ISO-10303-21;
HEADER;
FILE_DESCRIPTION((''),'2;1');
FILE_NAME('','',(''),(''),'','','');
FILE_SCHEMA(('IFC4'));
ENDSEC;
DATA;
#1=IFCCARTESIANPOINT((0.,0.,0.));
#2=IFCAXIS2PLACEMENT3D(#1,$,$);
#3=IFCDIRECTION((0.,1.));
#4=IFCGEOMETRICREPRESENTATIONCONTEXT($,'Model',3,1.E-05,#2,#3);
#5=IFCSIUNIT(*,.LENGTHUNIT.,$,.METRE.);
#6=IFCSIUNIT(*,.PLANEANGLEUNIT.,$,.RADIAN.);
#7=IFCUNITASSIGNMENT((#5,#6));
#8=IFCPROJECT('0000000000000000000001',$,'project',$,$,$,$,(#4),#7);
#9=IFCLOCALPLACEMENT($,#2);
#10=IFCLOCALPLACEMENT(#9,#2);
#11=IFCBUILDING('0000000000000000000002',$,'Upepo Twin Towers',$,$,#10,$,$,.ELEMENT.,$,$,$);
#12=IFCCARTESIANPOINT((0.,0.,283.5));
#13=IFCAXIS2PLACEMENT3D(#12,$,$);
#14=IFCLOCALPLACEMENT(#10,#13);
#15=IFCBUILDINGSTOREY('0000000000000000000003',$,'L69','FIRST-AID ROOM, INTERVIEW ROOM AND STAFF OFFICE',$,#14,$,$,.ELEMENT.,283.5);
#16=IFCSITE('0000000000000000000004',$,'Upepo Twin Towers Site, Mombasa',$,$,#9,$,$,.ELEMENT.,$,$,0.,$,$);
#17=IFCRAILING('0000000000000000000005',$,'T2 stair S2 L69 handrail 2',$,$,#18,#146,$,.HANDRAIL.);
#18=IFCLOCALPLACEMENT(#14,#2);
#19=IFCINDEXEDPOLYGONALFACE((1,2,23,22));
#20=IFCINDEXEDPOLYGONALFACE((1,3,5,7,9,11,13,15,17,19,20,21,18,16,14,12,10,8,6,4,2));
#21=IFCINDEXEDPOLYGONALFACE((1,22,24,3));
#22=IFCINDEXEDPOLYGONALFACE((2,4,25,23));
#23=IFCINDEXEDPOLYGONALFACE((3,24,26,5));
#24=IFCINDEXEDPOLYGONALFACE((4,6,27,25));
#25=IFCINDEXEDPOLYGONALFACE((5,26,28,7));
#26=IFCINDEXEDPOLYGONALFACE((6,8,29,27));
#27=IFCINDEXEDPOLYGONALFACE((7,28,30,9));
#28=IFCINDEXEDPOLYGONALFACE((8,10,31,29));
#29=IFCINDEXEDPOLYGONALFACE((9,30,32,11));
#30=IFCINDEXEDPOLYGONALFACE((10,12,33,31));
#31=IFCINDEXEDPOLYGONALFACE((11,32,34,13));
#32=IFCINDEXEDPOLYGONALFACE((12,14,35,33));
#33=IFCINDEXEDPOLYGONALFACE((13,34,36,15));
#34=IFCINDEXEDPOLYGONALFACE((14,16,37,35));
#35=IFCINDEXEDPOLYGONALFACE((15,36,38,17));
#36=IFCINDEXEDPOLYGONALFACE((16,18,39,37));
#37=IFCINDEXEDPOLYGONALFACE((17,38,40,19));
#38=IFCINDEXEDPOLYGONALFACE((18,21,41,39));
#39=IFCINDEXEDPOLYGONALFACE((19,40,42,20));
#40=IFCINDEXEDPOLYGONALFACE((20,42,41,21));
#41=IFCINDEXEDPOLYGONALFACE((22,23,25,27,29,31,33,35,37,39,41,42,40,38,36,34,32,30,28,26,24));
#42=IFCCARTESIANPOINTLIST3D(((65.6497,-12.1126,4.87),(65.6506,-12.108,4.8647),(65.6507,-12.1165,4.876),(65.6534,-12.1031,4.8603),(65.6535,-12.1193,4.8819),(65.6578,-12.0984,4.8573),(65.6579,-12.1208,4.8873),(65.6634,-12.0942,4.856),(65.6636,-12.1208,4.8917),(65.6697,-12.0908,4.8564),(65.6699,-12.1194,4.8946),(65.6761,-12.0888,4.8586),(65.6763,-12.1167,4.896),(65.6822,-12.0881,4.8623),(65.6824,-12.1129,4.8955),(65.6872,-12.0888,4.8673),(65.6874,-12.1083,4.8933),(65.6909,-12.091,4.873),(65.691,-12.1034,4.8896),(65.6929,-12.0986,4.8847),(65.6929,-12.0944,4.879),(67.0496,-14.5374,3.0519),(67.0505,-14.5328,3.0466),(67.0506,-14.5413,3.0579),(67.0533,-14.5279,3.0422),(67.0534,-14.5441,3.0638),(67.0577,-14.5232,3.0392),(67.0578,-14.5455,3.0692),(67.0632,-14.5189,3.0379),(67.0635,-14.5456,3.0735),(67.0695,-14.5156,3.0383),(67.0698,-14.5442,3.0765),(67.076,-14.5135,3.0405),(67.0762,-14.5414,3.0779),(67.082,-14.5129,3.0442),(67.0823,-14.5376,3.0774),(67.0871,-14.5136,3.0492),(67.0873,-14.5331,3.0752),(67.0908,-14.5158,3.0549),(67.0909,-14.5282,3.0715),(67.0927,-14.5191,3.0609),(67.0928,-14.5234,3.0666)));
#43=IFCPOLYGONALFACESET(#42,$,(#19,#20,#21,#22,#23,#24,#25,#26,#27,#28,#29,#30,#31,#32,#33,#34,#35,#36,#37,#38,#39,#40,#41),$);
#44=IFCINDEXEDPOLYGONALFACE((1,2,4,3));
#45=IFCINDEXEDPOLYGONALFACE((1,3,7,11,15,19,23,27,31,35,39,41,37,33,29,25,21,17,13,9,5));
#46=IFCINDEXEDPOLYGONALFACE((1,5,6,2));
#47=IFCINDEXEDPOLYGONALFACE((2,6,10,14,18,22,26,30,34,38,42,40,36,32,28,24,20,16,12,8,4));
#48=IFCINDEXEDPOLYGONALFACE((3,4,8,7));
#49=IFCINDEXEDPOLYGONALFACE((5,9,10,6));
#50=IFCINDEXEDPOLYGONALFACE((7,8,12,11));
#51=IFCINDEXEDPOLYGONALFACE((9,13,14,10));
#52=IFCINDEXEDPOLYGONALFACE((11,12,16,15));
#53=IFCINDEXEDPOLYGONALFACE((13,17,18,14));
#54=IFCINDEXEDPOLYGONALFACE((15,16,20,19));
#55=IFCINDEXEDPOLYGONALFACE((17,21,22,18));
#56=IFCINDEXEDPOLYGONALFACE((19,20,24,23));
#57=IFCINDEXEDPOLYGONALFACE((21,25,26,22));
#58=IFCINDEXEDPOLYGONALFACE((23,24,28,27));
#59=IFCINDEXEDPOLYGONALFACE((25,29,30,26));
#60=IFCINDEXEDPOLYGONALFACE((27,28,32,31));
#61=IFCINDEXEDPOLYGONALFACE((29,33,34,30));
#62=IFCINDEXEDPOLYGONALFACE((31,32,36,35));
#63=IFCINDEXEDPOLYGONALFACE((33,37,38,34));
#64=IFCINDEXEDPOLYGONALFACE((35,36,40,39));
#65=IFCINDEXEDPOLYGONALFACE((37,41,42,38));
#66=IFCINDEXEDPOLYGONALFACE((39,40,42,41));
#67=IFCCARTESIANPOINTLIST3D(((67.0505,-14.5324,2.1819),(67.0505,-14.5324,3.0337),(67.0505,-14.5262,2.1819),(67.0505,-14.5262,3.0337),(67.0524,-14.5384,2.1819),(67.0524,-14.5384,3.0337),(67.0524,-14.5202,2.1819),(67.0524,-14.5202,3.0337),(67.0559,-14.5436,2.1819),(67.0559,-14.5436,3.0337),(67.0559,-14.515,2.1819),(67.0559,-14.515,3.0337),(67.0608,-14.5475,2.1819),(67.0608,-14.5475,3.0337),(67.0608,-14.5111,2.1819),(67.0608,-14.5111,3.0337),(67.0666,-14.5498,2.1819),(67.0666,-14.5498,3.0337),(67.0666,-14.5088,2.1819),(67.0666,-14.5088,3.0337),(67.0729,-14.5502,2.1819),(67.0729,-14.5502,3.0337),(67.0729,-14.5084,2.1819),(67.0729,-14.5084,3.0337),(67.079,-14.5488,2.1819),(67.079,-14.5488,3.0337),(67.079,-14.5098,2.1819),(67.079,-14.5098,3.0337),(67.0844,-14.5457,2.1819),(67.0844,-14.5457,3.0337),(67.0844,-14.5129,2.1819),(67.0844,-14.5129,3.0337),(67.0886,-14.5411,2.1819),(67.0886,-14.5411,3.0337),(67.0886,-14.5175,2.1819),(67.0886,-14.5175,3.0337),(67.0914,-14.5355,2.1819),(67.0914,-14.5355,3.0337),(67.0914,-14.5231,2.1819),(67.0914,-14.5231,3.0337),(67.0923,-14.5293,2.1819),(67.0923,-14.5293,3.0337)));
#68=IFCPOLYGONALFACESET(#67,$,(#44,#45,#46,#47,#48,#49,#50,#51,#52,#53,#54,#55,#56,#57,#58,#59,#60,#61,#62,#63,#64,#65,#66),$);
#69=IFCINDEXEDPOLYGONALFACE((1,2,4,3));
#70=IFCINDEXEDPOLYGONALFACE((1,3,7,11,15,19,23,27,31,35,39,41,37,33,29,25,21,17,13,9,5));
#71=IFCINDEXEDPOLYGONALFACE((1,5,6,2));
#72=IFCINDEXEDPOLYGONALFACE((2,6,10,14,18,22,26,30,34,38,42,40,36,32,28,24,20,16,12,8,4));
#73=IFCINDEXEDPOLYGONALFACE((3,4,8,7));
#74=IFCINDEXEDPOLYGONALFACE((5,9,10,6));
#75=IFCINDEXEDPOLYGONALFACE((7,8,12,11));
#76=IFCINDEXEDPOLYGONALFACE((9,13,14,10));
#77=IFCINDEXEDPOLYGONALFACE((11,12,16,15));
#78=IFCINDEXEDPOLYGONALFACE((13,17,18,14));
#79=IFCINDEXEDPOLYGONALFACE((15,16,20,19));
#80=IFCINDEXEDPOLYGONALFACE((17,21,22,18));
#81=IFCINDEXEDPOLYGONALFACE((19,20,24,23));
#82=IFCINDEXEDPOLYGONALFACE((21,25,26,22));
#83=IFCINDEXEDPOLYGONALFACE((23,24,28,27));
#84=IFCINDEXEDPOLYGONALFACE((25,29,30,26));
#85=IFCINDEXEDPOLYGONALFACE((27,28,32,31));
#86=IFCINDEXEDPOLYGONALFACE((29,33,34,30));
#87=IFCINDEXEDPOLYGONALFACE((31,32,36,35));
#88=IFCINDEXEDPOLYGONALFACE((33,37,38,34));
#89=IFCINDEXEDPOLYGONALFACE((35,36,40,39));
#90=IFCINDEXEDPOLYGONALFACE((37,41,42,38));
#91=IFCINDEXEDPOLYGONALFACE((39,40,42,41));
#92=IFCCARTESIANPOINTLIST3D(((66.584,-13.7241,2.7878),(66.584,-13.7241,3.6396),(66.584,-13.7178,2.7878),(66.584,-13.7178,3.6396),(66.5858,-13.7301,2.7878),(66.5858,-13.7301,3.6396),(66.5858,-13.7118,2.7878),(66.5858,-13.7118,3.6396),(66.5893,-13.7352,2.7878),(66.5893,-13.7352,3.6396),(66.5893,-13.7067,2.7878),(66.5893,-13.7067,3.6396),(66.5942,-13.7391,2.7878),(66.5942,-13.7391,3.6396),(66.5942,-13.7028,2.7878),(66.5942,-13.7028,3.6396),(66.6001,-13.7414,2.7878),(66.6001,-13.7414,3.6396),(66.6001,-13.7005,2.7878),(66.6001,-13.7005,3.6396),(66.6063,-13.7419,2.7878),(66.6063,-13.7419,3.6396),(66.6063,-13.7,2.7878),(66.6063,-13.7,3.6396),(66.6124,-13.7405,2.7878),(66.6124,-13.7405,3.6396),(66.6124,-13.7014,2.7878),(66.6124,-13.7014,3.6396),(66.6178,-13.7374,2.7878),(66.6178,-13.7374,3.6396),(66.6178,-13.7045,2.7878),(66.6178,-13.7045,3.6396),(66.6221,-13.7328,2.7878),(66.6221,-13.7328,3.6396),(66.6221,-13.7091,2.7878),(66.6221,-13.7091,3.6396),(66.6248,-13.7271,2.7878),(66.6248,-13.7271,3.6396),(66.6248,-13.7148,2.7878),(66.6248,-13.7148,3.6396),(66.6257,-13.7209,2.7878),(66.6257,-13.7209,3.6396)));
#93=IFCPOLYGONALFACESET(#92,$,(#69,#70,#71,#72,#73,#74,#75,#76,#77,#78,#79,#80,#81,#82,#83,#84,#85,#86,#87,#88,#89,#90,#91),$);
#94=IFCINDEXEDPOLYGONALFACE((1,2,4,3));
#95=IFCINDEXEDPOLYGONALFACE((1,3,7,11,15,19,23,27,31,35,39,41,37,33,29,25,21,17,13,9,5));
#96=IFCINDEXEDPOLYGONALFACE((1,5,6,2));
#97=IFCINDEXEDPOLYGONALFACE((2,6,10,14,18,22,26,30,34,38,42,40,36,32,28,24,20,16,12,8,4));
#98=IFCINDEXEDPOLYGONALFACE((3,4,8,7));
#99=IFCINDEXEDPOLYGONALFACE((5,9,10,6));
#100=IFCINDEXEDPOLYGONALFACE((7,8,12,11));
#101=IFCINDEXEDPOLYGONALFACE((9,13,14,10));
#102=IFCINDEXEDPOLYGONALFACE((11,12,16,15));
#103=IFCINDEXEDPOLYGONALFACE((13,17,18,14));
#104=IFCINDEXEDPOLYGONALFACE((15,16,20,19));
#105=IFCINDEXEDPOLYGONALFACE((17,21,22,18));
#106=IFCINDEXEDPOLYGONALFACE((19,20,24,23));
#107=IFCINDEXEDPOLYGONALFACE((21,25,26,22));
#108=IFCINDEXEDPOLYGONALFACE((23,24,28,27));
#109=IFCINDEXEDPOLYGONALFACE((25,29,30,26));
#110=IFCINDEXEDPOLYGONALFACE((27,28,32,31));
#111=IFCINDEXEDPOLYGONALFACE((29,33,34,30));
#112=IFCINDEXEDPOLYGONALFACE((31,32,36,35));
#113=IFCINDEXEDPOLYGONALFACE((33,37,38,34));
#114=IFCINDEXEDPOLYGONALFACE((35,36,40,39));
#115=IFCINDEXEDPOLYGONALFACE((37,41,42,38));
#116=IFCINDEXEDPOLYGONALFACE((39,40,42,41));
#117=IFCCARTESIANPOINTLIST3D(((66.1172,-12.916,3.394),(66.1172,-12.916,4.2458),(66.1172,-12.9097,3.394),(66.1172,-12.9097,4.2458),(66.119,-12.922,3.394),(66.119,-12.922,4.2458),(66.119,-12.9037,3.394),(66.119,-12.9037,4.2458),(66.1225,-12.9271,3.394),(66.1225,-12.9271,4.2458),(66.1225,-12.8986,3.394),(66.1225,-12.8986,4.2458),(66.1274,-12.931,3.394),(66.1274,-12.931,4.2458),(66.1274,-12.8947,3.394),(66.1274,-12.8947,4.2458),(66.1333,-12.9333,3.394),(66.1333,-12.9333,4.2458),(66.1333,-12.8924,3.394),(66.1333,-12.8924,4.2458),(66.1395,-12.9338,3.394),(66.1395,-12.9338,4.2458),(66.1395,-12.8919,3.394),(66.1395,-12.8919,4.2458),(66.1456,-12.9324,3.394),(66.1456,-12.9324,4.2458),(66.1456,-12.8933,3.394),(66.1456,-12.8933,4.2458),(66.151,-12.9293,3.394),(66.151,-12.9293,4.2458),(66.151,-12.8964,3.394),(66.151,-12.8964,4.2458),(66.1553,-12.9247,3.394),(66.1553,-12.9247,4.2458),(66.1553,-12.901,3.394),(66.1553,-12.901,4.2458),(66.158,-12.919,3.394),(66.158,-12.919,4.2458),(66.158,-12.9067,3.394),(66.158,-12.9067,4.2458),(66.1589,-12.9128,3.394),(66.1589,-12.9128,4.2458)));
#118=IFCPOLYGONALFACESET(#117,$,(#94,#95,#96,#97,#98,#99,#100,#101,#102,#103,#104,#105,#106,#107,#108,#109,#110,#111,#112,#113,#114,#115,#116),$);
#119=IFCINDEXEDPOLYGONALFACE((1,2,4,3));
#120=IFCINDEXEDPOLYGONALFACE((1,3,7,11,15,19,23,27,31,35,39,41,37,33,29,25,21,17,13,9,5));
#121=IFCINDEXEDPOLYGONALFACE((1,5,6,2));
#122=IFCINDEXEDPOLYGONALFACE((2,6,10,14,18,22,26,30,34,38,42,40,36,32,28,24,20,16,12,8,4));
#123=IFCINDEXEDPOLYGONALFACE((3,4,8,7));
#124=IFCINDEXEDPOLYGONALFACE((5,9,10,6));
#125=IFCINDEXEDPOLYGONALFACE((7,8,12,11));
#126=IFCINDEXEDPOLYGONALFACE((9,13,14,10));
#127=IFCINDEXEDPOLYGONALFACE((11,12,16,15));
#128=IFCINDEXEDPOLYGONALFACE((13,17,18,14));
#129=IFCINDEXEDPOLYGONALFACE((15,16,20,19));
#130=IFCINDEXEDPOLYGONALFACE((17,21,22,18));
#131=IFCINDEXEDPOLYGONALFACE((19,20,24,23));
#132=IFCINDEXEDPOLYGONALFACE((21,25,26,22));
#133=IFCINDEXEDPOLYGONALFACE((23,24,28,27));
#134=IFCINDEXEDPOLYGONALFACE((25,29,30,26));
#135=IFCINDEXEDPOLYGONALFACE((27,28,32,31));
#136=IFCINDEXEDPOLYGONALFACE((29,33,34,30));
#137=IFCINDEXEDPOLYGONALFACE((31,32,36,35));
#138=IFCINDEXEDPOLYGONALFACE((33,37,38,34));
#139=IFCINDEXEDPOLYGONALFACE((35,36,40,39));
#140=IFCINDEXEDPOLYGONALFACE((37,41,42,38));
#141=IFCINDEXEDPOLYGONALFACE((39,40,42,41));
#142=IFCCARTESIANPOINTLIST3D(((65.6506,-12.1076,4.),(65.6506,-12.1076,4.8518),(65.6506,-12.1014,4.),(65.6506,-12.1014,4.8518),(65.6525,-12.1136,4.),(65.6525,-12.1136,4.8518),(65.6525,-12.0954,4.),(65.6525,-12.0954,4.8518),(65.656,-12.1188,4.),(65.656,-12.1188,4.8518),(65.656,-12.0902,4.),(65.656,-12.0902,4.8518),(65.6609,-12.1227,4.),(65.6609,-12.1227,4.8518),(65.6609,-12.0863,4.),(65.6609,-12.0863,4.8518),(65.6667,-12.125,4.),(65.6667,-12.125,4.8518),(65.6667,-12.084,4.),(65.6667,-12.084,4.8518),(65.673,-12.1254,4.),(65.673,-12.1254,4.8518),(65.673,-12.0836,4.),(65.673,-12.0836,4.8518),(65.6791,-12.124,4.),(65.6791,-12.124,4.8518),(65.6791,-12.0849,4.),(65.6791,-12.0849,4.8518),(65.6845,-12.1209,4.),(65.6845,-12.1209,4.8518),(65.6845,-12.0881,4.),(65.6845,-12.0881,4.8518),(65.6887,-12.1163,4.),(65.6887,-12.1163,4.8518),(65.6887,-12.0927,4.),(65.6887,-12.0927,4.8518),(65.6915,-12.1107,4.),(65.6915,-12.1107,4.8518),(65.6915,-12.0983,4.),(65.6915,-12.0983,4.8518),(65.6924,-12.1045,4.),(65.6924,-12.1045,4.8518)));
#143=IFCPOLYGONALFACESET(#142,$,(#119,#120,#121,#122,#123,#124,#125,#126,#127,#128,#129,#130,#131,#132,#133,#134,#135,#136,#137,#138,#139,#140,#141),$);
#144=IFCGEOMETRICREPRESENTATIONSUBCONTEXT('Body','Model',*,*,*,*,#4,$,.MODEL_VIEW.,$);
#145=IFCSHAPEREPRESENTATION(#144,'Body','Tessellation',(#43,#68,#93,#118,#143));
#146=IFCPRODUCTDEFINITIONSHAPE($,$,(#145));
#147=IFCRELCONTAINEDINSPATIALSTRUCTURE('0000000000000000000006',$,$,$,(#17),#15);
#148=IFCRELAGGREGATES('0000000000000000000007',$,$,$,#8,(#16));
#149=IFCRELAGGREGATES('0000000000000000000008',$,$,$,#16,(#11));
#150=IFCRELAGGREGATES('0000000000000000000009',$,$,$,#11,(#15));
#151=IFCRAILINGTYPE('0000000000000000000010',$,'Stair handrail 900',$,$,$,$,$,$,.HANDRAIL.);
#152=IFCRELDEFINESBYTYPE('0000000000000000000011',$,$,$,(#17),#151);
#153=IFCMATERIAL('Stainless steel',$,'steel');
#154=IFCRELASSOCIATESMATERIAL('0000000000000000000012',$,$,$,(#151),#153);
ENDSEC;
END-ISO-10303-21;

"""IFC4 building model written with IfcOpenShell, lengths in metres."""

from ifc_helpers import new_model, si_unit, direction, frame, origin, origin_2d, place, context, subcontext, project, spatial, circle, extrude, material, type_object, element, save


model = new_model("IFC4")

# Units and contexts
model_context = context("Model", 3, precision=1e-05, world=origin(), true_north=direction((0.0, 1.0)))
body_context = subcontext(model_context, "Body", "Model", "MODEL_VIEW")
ifc_project = project(units=[si_unit("LENGTHUNIT", "METRE"), si_unit("PLANEANGLEUNIT", "RADIAN")], contexts=[model_context])

# Site, building, storey
site_placement = place(None, origin())
site = spatial("IfcSite", under=ifc_project, at=site_placement, Name="Upepo Twin Towers Site, Mombasa", CompositionType="ELEMENT", RefElevation=0.0)
building_placement = place(site_placement, origin())
building = spatial("IfcBuilding", under=site, at=building_placement, Name="Upepo Twin Towers", CompositionType="ELEMENT")
storey_placement = place(building_placement, frame((0.0, 0.0, 283.5)))
storey = spatial("IfcBuildingStorey", under=building, at=storey_placement, Name="L69", Description="FIRST-AID ROOM, INTERVIEW ROOM AND STAFF OFFICE", CompositionType="ELEMENT", Elevation=283.5)

# Railing
ifc_material_1 = material(Name="Stainless steel", Category="steel")
railing_type = type_object("IfcRailingType", Name="Stair handrail 900", PredefinedType="HANDRAIL", material=ifc_material_1)
railing_1_placement = place(storey_placement, frame((67.0713, -14.5293, 2.1819)))
element("IfcRailing", 1, at=railing_1_placement, inside=storey, type_object=railing_type, Name="T2 stair S2 L69 handrail 2", PredefinedType="HANDRAIL", context=body_context, shape_type="SweptSolid", body=[
    extrude(circle(Radius=0.0239, at=origin_2d()), frame((0.0, 0.0, 0.876), z_axis=(-0.419333, 0.726336, 0.544606), x_axis=(-0.866035, -0.499984, 0.0)), (0.0, 0.0, 1.0), 3.3384),
    extrude(circle(Radius=0.021, at=origin_2d()), origin(), (0.0, 0.0, 1.0), 0.8518),
    extrude(circle(Radius=0.021, at=origin_2d()), frame((-0.4666, 0.8083, 0.606)), (0.0, 0.0, 1.0), 0.8518),
    extrude(circle(Radius=0.021, at=origin_2d()), frame((-0.9333, 1.6165, 1.2122)), (0.0, 0.0, 1.0), 0.8518),
    extrude(circle(Radius=0.021, at=origin_2d()), frame((-1.3999, 2.4248, 1.8181)), (0.0, 0.0, 1.0), 0.8518),
])

save(model, "model.ifc")
